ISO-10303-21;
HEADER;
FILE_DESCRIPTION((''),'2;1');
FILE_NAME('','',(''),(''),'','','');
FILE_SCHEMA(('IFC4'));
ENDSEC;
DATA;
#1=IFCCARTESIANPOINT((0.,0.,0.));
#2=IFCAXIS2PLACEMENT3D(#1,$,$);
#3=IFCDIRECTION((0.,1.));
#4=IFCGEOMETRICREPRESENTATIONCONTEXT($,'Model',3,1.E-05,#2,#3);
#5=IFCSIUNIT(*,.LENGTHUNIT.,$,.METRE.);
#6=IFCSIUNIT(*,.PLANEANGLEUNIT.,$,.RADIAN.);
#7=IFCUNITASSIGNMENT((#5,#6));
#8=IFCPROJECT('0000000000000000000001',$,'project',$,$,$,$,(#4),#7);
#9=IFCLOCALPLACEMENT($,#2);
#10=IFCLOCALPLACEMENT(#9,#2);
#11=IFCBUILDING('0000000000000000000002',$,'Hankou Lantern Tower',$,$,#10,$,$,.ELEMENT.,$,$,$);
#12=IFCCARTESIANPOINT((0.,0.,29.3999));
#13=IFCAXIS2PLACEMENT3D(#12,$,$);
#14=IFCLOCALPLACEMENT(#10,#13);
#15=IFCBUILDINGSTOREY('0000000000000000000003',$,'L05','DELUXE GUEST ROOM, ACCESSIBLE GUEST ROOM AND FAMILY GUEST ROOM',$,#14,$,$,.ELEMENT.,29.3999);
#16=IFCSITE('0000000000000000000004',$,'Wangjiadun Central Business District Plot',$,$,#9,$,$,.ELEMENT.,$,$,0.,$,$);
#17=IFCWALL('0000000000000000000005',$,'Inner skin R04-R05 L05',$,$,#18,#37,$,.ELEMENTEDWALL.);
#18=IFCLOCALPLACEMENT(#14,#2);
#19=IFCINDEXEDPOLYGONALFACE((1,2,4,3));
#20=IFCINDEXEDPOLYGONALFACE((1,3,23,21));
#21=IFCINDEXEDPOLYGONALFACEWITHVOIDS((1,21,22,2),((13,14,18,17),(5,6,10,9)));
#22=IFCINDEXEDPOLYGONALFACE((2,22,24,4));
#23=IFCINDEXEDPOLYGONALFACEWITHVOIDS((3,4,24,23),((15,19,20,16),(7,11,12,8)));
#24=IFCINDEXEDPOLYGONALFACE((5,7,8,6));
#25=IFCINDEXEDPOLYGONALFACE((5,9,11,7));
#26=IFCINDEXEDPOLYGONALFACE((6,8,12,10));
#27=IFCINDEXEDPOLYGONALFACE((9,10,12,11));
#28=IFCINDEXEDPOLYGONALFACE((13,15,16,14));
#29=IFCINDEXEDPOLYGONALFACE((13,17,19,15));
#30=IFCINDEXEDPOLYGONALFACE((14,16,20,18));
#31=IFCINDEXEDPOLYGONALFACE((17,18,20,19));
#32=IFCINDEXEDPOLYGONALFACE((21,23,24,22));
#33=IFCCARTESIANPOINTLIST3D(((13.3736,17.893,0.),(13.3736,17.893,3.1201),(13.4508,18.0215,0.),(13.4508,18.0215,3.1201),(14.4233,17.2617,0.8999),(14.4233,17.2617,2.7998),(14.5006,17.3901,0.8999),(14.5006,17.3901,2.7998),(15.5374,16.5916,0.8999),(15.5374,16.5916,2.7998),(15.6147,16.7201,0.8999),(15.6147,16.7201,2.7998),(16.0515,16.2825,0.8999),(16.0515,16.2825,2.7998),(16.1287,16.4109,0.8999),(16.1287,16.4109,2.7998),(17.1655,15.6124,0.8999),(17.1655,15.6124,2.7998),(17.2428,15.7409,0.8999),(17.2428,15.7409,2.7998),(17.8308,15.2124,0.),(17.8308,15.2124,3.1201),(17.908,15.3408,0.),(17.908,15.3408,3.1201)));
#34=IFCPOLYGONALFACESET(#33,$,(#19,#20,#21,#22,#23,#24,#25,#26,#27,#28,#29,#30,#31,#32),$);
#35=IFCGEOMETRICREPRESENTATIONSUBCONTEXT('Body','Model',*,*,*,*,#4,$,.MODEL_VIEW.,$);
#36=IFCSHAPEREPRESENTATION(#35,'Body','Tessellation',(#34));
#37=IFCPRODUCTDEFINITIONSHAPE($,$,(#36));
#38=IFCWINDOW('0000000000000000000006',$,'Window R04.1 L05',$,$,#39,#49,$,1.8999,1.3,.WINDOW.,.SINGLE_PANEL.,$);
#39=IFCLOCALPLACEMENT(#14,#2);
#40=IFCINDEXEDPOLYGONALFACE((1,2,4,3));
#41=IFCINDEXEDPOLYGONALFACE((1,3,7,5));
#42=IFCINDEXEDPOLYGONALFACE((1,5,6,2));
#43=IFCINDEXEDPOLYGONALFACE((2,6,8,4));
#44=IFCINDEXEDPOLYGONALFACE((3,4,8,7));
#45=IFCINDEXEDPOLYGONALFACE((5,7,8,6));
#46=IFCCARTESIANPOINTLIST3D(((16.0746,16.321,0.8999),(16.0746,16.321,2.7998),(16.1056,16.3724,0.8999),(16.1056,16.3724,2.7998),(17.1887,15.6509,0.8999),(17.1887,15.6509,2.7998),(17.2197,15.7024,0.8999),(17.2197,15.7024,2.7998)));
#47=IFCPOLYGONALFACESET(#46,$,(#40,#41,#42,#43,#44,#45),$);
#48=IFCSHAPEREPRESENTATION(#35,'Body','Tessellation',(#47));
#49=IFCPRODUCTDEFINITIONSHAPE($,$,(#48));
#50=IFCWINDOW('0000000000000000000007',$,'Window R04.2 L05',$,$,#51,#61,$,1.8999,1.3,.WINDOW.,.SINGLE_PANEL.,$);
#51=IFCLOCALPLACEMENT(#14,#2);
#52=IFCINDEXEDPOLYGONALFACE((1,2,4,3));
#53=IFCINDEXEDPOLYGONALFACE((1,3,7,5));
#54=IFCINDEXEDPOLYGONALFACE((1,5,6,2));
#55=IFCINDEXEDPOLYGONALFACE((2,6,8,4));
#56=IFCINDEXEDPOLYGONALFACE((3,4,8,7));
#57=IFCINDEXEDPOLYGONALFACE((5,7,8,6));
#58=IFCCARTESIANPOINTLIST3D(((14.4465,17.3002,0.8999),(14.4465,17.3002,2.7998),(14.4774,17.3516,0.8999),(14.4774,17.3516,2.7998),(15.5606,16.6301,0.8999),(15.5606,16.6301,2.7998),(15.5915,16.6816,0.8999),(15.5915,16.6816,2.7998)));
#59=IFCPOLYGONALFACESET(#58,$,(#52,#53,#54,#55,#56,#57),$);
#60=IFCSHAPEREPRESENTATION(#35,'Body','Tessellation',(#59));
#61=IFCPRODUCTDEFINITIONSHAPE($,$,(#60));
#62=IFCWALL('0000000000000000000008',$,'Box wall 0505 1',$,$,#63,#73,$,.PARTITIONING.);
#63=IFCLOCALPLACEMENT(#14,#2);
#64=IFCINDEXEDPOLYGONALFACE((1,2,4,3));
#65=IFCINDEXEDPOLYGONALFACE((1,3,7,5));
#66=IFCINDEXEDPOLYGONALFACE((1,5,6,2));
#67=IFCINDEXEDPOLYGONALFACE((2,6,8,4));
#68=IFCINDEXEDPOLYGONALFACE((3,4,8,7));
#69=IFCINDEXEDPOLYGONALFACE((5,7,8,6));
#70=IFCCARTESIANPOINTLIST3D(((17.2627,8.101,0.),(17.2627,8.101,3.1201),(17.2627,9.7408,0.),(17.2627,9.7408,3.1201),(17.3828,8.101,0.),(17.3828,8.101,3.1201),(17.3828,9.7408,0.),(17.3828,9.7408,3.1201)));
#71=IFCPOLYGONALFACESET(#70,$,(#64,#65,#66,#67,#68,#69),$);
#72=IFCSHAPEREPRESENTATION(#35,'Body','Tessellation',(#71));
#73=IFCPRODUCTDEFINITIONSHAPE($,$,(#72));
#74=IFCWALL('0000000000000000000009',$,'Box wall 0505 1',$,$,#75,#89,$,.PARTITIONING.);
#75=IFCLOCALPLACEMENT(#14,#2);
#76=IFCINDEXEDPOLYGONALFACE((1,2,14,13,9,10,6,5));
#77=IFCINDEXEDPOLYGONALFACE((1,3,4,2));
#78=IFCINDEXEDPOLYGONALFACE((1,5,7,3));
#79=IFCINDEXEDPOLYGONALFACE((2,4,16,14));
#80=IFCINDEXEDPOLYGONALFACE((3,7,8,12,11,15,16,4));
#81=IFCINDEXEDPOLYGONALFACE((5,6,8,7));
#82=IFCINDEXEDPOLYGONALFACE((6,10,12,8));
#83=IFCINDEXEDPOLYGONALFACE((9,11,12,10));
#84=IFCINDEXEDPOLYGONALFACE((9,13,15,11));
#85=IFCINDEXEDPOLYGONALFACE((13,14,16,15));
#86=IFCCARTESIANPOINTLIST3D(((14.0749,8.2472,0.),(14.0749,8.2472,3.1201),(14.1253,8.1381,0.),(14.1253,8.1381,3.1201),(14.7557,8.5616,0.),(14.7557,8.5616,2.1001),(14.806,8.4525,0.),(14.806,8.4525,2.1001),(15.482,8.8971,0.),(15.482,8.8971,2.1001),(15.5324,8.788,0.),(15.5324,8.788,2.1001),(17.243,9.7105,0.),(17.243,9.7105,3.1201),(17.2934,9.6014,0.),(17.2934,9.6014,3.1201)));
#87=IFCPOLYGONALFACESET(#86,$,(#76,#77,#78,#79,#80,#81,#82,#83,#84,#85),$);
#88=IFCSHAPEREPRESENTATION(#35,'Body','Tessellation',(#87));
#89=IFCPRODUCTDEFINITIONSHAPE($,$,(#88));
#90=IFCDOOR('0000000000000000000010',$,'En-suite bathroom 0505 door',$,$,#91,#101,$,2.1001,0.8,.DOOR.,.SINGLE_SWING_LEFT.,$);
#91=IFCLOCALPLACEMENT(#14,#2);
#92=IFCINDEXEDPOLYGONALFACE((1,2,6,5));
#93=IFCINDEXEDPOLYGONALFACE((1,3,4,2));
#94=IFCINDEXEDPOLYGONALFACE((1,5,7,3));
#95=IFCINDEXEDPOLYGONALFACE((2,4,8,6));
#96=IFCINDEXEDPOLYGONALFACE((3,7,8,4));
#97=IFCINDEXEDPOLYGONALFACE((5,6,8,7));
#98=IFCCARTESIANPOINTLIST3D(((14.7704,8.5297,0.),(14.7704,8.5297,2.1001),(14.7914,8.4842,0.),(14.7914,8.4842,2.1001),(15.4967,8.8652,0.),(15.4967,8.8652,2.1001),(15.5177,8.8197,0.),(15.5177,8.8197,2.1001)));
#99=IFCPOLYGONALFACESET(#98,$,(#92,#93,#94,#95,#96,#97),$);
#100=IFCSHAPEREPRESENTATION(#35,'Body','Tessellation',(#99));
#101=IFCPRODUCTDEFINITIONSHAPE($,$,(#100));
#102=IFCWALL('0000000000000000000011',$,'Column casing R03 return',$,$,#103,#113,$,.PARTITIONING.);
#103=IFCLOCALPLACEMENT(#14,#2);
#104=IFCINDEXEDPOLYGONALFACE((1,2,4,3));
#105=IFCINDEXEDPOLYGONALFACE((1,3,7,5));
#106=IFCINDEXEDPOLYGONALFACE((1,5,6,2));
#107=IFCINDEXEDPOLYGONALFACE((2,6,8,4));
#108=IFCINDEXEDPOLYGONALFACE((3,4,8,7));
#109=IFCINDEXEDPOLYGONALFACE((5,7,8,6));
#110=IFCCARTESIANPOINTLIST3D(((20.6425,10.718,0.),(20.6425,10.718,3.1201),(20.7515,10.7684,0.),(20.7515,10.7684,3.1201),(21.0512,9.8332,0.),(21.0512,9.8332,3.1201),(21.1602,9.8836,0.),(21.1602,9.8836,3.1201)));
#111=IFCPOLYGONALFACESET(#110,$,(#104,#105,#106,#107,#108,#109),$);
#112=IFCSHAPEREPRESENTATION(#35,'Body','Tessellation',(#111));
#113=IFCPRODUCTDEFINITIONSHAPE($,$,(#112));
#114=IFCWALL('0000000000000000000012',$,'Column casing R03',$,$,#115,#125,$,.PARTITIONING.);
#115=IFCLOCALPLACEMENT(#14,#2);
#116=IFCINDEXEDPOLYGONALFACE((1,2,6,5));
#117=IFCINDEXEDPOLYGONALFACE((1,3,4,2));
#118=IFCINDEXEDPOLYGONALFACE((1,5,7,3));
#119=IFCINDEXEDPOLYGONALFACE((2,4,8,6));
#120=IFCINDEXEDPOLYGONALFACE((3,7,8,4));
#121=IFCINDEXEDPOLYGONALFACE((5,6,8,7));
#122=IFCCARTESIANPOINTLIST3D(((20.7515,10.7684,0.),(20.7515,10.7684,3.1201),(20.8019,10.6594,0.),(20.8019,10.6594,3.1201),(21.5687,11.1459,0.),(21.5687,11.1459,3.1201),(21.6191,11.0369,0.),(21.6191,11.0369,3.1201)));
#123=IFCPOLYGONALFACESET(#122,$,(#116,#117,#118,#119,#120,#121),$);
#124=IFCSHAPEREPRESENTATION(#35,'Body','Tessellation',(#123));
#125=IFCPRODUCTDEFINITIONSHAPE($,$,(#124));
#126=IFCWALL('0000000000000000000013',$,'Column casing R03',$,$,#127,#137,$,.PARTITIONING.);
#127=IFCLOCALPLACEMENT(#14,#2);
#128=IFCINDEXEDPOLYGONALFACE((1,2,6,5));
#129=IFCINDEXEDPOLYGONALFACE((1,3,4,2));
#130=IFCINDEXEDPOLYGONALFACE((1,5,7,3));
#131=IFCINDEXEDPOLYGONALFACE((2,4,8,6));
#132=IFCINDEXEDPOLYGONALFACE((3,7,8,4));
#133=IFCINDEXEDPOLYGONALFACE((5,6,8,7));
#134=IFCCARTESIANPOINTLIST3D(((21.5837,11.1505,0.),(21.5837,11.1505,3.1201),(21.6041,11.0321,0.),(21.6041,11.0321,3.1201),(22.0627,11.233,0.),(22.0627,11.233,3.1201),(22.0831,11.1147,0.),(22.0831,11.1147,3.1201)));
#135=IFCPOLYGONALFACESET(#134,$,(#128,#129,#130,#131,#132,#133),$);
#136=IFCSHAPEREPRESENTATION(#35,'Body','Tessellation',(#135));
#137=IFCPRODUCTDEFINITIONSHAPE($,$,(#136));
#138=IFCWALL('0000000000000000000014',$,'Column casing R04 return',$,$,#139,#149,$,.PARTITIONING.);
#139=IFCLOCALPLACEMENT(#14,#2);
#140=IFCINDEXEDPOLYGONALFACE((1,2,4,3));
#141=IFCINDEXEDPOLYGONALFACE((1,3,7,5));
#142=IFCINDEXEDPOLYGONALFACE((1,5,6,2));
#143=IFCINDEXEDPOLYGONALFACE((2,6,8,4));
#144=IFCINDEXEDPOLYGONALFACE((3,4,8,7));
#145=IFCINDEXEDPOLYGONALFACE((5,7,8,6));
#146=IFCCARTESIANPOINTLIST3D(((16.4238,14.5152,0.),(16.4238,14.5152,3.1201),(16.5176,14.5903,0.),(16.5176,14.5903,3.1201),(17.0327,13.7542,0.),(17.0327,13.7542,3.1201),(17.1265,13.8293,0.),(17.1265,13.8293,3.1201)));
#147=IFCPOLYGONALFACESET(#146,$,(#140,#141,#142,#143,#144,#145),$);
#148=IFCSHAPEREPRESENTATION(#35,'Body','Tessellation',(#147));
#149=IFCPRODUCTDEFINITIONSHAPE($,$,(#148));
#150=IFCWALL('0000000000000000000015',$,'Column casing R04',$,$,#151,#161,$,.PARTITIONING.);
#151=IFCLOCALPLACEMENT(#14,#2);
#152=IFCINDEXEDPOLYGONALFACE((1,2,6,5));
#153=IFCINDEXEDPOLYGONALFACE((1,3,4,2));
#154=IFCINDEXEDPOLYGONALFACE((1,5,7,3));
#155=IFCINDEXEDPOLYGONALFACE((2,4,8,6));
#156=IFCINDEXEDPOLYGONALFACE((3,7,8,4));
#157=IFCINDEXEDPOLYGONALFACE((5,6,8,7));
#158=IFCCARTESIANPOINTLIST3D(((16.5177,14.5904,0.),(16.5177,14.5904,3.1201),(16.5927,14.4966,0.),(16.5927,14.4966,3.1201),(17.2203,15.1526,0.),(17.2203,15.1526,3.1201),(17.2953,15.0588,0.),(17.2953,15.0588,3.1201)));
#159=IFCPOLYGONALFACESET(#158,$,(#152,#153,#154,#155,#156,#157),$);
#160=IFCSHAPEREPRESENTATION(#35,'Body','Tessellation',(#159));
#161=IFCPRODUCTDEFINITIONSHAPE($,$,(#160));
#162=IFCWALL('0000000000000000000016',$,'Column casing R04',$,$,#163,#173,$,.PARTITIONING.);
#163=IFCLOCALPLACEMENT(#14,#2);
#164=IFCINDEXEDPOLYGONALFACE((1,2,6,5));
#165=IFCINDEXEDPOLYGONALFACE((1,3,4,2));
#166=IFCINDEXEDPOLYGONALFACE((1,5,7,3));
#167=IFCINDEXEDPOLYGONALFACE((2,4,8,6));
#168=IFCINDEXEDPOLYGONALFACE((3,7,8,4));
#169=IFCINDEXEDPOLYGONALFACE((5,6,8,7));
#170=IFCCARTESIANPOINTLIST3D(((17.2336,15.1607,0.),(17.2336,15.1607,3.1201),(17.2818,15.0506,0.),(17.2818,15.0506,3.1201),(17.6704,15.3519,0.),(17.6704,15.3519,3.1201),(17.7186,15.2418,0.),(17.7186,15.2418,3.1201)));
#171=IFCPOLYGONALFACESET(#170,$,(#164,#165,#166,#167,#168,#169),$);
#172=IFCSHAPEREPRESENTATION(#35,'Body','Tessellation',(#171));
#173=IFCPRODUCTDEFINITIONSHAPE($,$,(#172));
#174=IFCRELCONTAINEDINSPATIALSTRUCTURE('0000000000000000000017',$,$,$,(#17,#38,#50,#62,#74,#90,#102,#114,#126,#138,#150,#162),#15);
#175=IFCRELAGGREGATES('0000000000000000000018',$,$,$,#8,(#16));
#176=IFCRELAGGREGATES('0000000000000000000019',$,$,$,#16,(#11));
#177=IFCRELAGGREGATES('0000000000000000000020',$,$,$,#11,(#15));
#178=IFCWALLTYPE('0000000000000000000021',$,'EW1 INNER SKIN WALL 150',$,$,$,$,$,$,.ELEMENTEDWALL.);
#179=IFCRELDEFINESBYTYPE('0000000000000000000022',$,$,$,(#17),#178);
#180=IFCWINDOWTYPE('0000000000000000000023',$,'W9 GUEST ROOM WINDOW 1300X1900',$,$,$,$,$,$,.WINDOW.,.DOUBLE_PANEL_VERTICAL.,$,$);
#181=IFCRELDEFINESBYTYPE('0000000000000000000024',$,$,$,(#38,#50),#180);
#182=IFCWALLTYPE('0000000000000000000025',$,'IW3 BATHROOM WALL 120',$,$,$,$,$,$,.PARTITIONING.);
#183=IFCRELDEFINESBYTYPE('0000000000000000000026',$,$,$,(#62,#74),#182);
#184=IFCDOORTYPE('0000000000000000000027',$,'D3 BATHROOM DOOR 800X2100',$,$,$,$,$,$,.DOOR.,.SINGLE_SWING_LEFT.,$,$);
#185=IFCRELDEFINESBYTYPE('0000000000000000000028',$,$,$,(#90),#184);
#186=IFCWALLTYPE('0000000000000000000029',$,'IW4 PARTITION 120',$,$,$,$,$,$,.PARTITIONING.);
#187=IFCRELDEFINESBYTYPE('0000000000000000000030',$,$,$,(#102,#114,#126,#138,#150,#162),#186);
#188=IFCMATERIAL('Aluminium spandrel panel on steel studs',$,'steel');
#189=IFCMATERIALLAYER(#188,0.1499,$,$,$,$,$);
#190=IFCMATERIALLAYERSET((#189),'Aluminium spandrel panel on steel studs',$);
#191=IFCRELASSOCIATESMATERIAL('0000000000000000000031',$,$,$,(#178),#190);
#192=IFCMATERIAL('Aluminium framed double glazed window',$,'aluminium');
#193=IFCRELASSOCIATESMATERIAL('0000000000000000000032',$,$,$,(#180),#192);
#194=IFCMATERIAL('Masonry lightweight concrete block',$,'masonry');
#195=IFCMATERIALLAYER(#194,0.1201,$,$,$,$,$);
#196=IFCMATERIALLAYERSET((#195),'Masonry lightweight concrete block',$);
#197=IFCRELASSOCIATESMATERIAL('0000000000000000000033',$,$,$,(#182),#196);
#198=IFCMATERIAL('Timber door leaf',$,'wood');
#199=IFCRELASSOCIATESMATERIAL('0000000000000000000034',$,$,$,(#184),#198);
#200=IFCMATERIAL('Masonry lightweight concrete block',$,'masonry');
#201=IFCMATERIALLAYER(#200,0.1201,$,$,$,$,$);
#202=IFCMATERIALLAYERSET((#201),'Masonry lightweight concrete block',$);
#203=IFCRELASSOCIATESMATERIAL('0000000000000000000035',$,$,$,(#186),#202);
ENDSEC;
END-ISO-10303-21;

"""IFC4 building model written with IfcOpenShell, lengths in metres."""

from ifc_helpers import new_model, si_unit, direction, frame, frame_2d, origin, place, context, subcontext, project, spatial, rectangle, extrude, material, layer, layer_set, type_object, element, fill, save


model = new_model("IFC4")

# Units and contexts
model_context = context("Model", 3, precision=1e-05, world=origin(), true_north=direction((0.0, 1.0)))
body_context = subcontext(model_context, "Body", "Model", "MODEL_VIEW")
ifc_project = project(units=[si_unit("LENGTHUNIT", "METRE"), si_unit("PLANEANGLEUNIT", "RADIAN")], contexts=[model_context])

# Site, building, storey
site_placement = place(None, origin())
site = spatial("IfcSite", under=ifc_project, at=site_placement, Name="Wangjiadun Central Business District Plot", CompositionType="ELEMENT", RefElevation=0.0)
building_placement = place(site_placement, origin())
building = spatial("IfcBuilding", under=site, at=building_placement, Name="Hankou Lantern Tower", CompositionType="ELEMENT")
storey_placement = place(building_placement, frame((0.0, 0.0, 29.3999)))
storey = spatial("IfcBuildingStorey", under=building, at=storey_placement, Name="L05", Description="DELUXE GUEST ROOM, ACCESSIBLE GUEST ROOM AND FAMILY GUEST ROOM", CompositionType="ELEMENT", Elevation=29.3999)

# Wall, openings, windows
ifc_material_1 = material(Name="Aluminium spandrel panel on steel studs", Category="steel")
ifc_layer_1 = layer(ifc_material_1, 0.1499)
ifc_layer_set_1 = layer_set([ifc_layer_1], Name="Aluminium spandrel panel on steel studs")
wall_type_1 = type_object("IfcWallType", Name="EW1 INNER SKIN WALL 150", PredefinedType="ELEMENTEDWALL", material=ifc_layer_set_1)
ifc_material_2 = material(Name="Aluminium framed double glazed window", Category="aluminium")
window_type = type_object("IfcWindowType", Name="W9 GUEST ROOM WINDOW 1300X1900", PartitioningType="DOUBLE_PANEL_VERTICAL", PredefinedType="WINDOW", material=ifc_material_2)
wall_1_placement = place(storey_placement, frame((17.8694, 15.2766, 0.0), z_axis=(0.0, 0.0, 1.0), x_axis=(-0.856958, 0.515386, 0.0)))
wall_1 = element("IfcWall", 1, at=wall_1_placement, inside=storey, type_object=wall_type_1, Name="Inner skin R04-R05 L05", PredefinedType="ELEMENTEDWALL", context=body_context, shape_type="SweptSolid", body=[
    extrude(rectangle(XDim=5.2012, YDim=0.1499, at=frame_2d((2.6006, 0.0))), origin(), (0.0, 0.0, 1.0), 3.1201),
])
opening_1_placement = place(wall_1_placement, frame((0.7764, 0.0, 0.8999)))
opening_1 = element("IfcOpeningElement", 2, at=opening_1_placement, cuts=wall_1, PredefinedType="OPENING", context=body_context, shape_type="SweptSolid", body=[
    extrude(rectangle(XDim=1.3, YDim=1.8999, at=frame_2d((0.6499, 0.95))), frame((0.0, 0.085, 0.0), z_axis=(0.0, -1.0, 0.0), x_axis=(1.0, 0.0, 0.0)), (0.0, 0.0, 1.0), 0.1699),
])
opening_2_placement = place(wall_1_placement, frame((2.6763, 0.0, 0.8999)))
opening_2 = element("IfcOpeningElement", 3, at=opening_2_placement, cuts=wall_1, PredefinedType="OPENING", context=body_context, shape_type="SweptSolid", body=[
    extrude(rectangle(XDim=1.3, YDim=1.8999, at=frame_2d((0.6499, 0.95))), frame((0.0, 0.085, 0.0), z_axis=(0.0, -1.0, 0.0), x_axis=(1.0, 0.0, 0.0)), (0.0, 0.0, 1.0), 0.1699),
])
window_1_placement = place(opening_1_placement, origin())
window_1 = element("IfcWindow", 4, at=window_1_placement, inside=storey, type_object=window_type, Name="Window R04.1 L05", OverallHeight=1.8999, OverallWidth=1.3, PartitioningType="SINGLE_PANEL", PredefinedType="WINDOW", context=body_context, shape_type="SweptSolid", body=[
    extrude(rectangle(XDim=1.3, YDim=1.8999, at=frame_2d((0.6499, 0.95))), frame((0.0, 0.03, 0.0), z_axis=(0.0, -1.0, 0.0), x_axis=(1.0, 0.0, 0.0)), (0.0, 0.0, 1.0), 0.0601),
])
fill(opening_1, window_1)
window_2_placement = place(opening_2_placement, origin())
window_2 = element("IfcWindow", 5, at=window_2_placement, inside=storey, type_object=window_type, Name="Window R04.2 L05", OverallHeight=1.8999, OverallWidth=1.3, PartitioningType="SINGLE_PANEL", PredefinedType="WINDOW", context=body_context, shape_type="SweptSolid", body=[
    extrude(rectangle(XDim=1.3, YDim=1.8999, at=frame_2d((0.6499, 0.95))), frame((0.0, 0.03, 0.0), z_axis=(0.0, -1.0, 0.0), x_axis=(1.0, 0.0, 0.0)), (0.0, 0.0, 1.0), 0.0601),
])
fill(opening_2, window_2)

# Wall
ifc_material_3 = material(Name="Masonry lightweight concrete block", Category="masonry")
ifc_layer_2 = layer(ifc_material_3, 0.1201)
ifc_layer_set_2 = layer_set([ifc_layer_2], Name="Masonry lightweight concrete block")
wall_type_2 = type_object("IfcWallType", Name="IW3 BATHROOM WALL 120", PredefinedType="PARTITIONING", material=ifc_layer_set_2)
wall_2_placement = place(storey_placement, frame((17.3228, 8.1011, 0.0), z_axis=(0.0, 0.0, 1.0), x_axis=(0.0, 1.0, 0.0)))
element("IfcWall", 6, at=wall_2_placement, inside=storey, type_object=wall_type_2, Name="Box wall 0505 1", PredefinedType="PARTITIONING", context=body_context, shape_type="SweptSolid", body=[
    extrude(rectangle(XDim=1.6399, YDim=0.1201, at=frame_2d((0.8198, 0.0))), origin(), (0.0, 0.0, 1.0), 3.1201),
])

# Wall, opening, door
wall_3_placement = place(storey_placement, frame((14.1001, 8.1926, 0.0), z_axis=(0.0, 0.0, 1.0), x_axis=(0.907836, 0.419324, 0.0)))
wall_3 = element("IfcWall", 7, at=wall_3_placement, inside=storey, type_object=wall_type_2, Name="Box wall 0505 1", PredefinedType="PARTITIONING", context=body_context, shape_type="SweptSolid", body=[
    extrude(rectangle(XDim=3.4897, YDim=0.1201, at=frame_2d((1.7449, 0.0))), origin(), (0.0, 0.0, 1.0), 3.1201),
])
opening_3_placement = place(wall_3_placement, frame((0.75, 0.0, 0.0)))
opening_3 = element("IfcOpeningElement", 8, at=opening_3_placement, cuts=wall_3, PredefinedType="OPENING", context=body_context, shape_type="SweptSolid", body=[
    extrude(rectangle(XDim=0.8, YDim=2.1001, at=frame_2d((0.3999, 1.05))), frame((0.0, 0.0701, 0.0), z_axis=(0.0, -1.0, 0.0), x_axis=(1.0, 0.0, 0.0)), (0.0, 0.0, 1.0), 0.1401),
])
ifc_material_4 = material(Name="Timber door leaf", Category="wood")
door_type = type_object("IfcDoorType", Name="D3 BATHROOM DOOR 800X2100", OperationType="SINGLE_SWING_LEFT", PredefinedType="DOOR", material=ifc_material_4)
door_placement = place(opening_3_placement, origin())
door = element("IfcDoor", 9, at=door_placement, inside=storey, type_object=door_type, Name="En-suite bathroom 0505 door", OperationType="SINGLE_SWING_LEFT", OverallHeight=2.1001, OverallWidth=0.8, PredefinedType="DOOR", context=body_context, shape_type="SweptSolid", body=[
    extrude(rectangle(XDim=0.8, YDim=2.1001, at=frame_2d((0.3999, 1.05))), frame((0.0, 0.0249, 0.0), z_axis=(0.0, -1.0, 0.0), x_axis=(1.0, 0.0, 0.0)), (0.0, 0.0, 1.0), 0.05),
])
fill(opening_3, door)

# Walls
ifc_material_5 = material(Name="Masonry lightweight concrete block", Category="masonry")
ifc_layer_3 = layer(ifc_material_5, 0.1201)
ifc_layer_set_3 = layer_set([ifc_layer_3], Name="Masonry lightweight concrete block")
wall_type_3 = type_object("IfcWallType", Name="IW4 PARTITION 120", PredefinedType="PARTITIONING", material=ifc_layer_set_3)
wall_4_placement = place(storey_placement, frame((21.1057, 9.8584, 0.0), z_axis=(0.0, 0.0, 1.0), x_axis=(-0.419344, 0.907827, 0.0)))
element("IfcWall", 10, at=wall_4_placement, inside=storey, type_object=wall_type_3, Name="Column casing R03 return", PredefinedType="PARTITIONING", context=body_context, shape_type="SweptSolid", body=[
    extrude(rectangle(XDim=0.9746, YDim=0.1201, at=frame_2d((0.4873, 0.0))), origin(), (0.0, 0.0, 1.0), 3.1201),
])
wall_5_placement = place(storey_placement, frame((20.7766, 10.7139, 0.0), z_axis=(0.0, 0.0, 1.0), x_axis=(0.907832, 0.419333, 0.0)))
element("IfcWall", 11, at=wall_5_placement, inside=storey, type_object=wall_type_3, Name="Column casing R03", PredefinedType="PARTITIONING", context=body_context, shape_type="SweptSolid", body=[
    extrude(rectangle(XDim=0.9001, YDim=0.1201, at=frame_2d((0.4502, 0.0))), origin(), (0.0, 0.0, 1.0), 3.1201),
])
wall_6_placement = place(storey_placement, frame((21.5938, 11.0913, 0.0), z_axis=(0.0, 0.0, 1.0), x_axis=(0.985483, 0.169772, 0.0)))
element("IfcWall", 12, at=wall_6_placement, inside=storey, type_object=wall_type_3, Name="Column casing R03", PredefinedType="PARTITIONING", context=body_context, shape_type="SweptSolid", body=[
    extrude(rectangle(XDim=0.4861, YDim=0.1201, at=frame_2d((0.2432, 0.0))), origin(), (0.0, 0.0, 1.0), 3.1201),
])
wall_7_placement = place(storey_placement, frame((17.0796, 13.7917, 0.0), z_axis=(0.0, 0.0, 1.0), x_axis=(-0.624756, 0.78082, 0.0)))
element("IfcWall", 13, at=wall_7_placement, inside=storey, type_object=wall_type_3, Name="Column casing R04 return", PredefinedType="PARTITIONING", context=body_context, shape_type="SweptSolid", body=[
    extrude(rectangle(XDim=0.9746, YDim=0.1201, at=frame_2d((0.4873, 0.0))), origin(), (0.0, 0.0, 1.0), 3.1201),
])
wall_8_placement = place(storey_placement, frame((16.5552, 14.5435, 0.0), z_axis=(0.0, 0.0, 1.0), x_axis=(0.780789, 0.624794, 0.0)))
element("IfcWall", 14, at=wall_8_placement, inside=storey, type_object=wall_type_3, Name="Column casing R04", PredefinedType="PARTITIONING", context=body_context, shape_type="SweptSolid", body=[
    extrude(rectangle(XDim=0.8999, YDim=0.1201, at=frame_2d((0.45, 0.0))), origin(), (0.0, 0.0, 1.0), 3.1201),
])
wall_9_placement = place(storey_placement, frame((17.2578, 15.1057, 0.0), z_axis=(0.0, 0.0, 1.0), x_axis=(0.916099, 0.400953, 0.0)))
element("IfcWall", 15, at=wall_9_placement, inside=storey, type_object=wall_type_3, Name="Column casing R04", PredefinedType="PARTITIONING", context=body_context, shape_type="SweptSolid", body=[
    extrude(rectangle(XDim=0.4768, YDim=0.1201, at=frame_2d((0.2383, 0.0))), origin(), (0.0, 0.0, 1.0), 3.1201),
])

save(model, "model.ifc")
